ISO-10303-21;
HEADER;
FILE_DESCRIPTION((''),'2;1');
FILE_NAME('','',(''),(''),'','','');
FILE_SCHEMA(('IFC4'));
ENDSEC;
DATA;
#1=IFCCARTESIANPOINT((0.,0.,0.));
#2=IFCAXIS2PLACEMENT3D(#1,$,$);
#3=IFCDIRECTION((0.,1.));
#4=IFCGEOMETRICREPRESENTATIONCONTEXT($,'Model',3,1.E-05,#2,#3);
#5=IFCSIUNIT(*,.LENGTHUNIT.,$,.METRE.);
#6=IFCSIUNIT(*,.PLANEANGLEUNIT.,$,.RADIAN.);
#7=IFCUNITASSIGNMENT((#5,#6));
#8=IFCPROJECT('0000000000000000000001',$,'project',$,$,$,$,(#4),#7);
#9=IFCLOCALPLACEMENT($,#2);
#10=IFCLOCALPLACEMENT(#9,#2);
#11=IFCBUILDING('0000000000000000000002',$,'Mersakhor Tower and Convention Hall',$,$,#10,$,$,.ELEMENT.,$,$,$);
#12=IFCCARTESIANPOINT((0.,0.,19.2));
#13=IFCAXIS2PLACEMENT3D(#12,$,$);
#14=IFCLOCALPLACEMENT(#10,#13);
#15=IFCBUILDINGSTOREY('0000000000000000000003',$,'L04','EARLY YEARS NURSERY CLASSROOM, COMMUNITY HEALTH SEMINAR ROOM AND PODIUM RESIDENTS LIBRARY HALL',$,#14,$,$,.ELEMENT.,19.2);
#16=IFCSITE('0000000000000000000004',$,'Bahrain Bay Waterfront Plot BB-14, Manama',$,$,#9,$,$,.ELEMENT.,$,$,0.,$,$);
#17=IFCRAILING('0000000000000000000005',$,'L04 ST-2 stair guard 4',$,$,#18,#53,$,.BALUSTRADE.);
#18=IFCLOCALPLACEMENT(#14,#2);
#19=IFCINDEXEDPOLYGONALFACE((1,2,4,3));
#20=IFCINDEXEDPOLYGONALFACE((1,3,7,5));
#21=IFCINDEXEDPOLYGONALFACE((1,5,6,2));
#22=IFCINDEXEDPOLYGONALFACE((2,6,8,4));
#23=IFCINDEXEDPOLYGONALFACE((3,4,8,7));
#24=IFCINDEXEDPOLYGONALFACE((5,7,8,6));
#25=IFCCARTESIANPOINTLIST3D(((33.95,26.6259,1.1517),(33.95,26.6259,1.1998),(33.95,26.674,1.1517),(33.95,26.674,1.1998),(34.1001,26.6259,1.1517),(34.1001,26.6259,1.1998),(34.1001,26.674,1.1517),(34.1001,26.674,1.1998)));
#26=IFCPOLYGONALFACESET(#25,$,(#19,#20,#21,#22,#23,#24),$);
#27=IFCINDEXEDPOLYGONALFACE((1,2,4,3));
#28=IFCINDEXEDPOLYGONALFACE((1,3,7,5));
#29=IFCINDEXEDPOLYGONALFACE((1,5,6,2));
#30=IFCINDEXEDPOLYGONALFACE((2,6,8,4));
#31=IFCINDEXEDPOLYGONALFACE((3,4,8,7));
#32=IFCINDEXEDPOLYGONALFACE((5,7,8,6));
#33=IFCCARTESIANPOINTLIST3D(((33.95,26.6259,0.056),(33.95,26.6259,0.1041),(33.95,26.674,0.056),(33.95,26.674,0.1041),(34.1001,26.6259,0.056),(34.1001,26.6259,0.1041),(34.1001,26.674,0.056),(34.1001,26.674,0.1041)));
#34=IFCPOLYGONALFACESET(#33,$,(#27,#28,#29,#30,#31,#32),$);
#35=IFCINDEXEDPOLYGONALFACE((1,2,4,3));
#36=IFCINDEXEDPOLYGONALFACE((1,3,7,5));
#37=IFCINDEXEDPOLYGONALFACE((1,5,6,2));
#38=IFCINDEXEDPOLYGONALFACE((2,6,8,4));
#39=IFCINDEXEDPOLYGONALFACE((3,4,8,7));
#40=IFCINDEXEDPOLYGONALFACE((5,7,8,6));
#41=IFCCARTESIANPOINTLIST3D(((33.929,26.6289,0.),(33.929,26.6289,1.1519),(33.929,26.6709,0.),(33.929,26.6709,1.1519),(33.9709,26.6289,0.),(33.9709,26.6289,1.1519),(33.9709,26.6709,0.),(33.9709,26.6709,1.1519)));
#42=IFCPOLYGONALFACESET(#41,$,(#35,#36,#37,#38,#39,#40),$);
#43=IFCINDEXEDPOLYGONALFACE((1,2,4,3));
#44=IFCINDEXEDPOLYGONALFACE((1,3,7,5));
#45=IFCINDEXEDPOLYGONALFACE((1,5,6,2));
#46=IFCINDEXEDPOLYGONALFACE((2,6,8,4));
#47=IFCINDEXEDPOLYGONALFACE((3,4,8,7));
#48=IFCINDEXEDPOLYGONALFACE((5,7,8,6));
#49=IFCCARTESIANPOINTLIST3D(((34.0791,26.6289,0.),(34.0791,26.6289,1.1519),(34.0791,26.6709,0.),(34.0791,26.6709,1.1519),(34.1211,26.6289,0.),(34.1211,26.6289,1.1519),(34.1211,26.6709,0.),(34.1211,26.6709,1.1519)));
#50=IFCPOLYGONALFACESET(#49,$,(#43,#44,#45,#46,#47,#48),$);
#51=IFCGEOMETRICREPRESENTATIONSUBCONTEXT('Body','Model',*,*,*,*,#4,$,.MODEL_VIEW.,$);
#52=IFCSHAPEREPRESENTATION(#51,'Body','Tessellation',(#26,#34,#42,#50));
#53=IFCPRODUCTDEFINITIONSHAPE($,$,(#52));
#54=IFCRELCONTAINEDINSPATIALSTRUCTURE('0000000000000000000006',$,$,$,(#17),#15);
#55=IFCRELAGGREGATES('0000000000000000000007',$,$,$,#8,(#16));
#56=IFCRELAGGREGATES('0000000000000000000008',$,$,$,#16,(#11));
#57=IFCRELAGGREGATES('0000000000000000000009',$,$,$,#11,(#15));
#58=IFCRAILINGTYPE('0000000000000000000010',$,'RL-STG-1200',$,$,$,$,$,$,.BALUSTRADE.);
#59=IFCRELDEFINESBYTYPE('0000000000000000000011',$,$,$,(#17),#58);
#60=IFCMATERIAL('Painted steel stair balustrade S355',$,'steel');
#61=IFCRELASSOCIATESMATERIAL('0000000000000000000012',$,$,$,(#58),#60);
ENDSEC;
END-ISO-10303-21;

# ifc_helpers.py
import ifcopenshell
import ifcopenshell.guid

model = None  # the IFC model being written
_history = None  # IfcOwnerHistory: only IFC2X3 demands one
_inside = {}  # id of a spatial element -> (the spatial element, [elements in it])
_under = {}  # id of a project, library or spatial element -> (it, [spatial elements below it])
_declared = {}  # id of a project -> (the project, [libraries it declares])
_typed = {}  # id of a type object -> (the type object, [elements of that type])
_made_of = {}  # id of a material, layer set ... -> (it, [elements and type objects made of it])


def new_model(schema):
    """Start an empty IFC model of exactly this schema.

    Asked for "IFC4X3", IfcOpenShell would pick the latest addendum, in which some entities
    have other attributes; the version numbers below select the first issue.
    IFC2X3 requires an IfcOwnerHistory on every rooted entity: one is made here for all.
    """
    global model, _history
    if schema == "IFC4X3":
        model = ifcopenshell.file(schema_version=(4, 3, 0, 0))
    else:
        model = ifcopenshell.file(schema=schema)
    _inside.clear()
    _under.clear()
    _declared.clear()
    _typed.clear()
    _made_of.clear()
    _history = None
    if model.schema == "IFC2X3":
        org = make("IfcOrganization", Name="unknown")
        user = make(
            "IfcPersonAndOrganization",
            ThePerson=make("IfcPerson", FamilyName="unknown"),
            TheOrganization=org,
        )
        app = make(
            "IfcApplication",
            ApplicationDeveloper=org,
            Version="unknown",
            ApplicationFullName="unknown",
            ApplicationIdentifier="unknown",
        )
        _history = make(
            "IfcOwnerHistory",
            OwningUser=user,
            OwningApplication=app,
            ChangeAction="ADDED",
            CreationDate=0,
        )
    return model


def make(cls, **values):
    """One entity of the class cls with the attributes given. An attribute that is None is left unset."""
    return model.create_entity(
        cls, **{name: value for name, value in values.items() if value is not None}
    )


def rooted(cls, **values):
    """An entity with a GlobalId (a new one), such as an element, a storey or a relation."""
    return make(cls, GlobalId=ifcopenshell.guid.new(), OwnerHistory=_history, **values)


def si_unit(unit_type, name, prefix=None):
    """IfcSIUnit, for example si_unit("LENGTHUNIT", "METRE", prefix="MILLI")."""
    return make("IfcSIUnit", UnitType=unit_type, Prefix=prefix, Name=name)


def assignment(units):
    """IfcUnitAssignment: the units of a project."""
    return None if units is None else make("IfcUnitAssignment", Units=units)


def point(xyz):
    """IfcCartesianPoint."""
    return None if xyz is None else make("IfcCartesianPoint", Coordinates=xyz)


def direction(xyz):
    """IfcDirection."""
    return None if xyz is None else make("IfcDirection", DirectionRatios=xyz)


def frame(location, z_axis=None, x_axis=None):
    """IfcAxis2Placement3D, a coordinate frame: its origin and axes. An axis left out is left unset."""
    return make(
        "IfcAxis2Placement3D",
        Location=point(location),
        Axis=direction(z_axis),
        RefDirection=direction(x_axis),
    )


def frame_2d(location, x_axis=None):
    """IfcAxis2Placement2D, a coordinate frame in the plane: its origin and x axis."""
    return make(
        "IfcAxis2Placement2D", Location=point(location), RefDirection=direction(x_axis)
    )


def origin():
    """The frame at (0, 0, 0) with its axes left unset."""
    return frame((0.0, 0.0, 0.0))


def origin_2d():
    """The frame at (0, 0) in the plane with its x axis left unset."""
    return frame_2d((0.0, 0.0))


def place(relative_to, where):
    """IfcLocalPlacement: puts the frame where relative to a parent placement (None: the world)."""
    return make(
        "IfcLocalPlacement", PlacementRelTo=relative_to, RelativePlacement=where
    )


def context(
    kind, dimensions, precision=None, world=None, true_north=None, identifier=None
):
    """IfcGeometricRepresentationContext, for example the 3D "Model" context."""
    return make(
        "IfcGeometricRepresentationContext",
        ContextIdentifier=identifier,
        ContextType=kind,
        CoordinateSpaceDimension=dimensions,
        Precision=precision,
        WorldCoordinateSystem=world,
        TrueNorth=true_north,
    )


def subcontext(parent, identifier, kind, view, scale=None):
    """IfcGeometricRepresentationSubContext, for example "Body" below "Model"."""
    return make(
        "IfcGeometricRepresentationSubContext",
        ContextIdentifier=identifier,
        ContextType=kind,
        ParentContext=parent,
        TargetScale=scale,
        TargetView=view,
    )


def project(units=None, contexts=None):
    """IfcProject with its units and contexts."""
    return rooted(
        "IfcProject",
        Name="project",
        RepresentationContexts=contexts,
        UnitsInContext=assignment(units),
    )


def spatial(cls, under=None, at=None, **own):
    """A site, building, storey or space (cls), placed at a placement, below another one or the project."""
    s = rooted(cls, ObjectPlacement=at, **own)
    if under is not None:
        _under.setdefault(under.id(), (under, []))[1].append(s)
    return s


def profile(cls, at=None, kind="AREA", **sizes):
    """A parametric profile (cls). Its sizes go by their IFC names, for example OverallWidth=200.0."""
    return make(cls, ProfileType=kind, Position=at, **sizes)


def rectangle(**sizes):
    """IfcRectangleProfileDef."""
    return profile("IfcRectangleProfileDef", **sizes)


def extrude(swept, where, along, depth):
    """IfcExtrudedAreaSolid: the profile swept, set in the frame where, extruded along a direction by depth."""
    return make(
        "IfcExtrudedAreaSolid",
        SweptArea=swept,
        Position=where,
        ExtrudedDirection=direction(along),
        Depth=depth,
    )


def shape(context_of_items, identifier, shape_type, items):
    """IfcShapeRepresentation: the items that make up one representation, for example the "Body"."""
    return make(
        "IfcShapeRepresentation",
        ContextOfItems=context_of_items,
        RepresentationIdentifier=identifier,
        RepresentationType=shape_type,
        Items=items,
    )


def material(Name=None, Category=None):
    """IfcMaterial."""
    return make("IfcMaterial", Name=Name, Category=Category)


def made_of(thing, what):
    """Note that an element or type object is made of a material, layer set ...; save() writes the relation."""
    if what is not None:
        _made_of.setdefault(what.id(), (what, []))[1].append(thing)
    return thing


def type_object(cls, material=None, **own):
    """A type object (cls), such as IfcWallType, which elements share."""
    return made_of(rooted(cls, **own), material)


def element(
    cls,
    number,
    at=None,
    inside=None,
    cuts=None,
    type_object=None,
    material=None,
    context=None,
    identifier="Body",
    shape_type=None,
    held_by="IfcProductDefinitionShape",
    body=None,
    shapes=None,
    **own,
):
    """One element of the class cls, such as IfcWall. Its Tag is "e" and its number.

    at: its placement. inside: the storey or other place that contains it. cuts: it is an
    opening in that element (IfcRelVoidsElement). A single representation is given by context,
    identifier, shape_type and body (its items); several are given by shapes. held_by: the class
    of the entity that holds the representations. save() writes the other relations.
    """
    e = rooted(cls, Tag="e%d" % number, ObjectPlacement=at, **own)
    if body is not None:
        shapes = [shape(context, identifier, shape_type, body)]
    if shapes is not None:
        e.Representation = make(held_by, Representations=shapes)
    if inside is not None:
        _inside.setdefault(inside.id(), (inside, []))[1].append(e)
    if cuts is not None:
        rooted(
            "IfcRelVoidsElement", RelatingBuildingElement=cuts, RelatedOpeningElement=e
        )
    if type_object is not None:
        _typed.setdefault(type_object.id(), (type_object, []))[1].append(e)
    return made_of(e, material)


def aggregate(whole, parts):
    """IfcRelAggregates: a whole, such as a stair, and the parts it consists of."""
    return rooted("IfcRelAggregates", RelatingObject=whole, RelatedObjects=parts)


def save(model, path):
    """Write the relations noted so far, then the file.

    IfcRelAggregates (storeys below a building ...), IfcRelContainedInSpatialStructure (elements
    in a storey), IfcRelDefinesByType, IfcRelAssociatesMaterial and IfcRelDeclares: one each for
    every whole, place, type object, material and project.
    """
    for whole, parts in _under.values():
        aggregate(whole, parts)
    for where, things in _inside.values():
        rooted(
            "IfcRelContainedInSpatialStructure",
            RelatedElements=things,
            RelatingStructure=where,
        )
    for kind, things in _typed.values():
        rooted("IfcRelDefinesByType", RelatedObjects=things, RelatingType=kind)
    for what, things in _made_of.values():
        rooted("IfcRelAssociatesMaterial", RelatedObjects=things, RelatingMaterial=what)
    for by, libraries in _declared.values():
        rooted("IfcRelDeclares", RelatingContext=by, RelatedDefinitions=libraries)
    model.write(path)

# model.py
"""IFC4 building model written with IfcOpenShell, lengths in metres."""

from ifc_helpers import new_model, si_unit, direction, frame, origin, origin_2d, place, context, subcontext, project, spatial, rectangle, extrude, material, type_object, element, save


model = new_model("IFC4")

# Units and contexts
model_context = context("Model", 3, precision=1e-05, world=origin(), true_north=direction((0.0, 1.0)))
body_context = subcontext(model_context, "Body", "Model", "MODEL_VIEW")
ifc_project = project(units=[si_unit("LENGTHUNIT", "METRE"), si_unit("PLANEANGLEUNIT", "RADIAN")], contexts=[model_context])

# Site, building, storey
site_placement = place(None, origin())
site = spatial("IfcSite", under=ifc_project, at=site_placement, Name="Bahrain Bay Waterfront Plot BB-14, Manama", CompositionType="ELEMENT", RefElevation=0.0)
building_placement = place(site_placement, origin())
building = spatial("IfcBuilding", under=site, at=building_placement, Name="Mersakhor Tower and Convention Hall", CompositionType="ELEMENT")
storey_placement = place(building_placement, frame((0.0, 0.0, 19.2)))
storey = spatial("IfcBuildingStorey", under=building, at=storey_placement, Name="L04", Description="EARLY YEARS NURSERY CLASSROOM, COMMUNITY HEALTH SEMINAR ROOM AND PODIUM RESIDENTS LIBRARY HALL", CompositionType="ELEMENT", Elevation=19.2)

# Railing
ifc_material_1 = material(Name="Painted steel stair balustrade S355", Category="steel")
railing_type_1 = type_object("IfcRailingType", Name="RL-STG-1200", PredefinedType="BALUSTRADE", material=ifc_material_1)
railing_1_placement = place(storey_placement, frame((33.95, 26.6499, 0.0)))
element("IfcRailing", 1, at=railing_1_placement, inside=storey, type_object=railing_type_1, Name="L04 ST-2 stair guard 4", PredefinedType="BALUSTRADE", context=body_context, shape_type="SweptSolid", body=[
    extrude(rectangle(XDim=0.0481, YDim=0.0481, at=origin_2d()), frame((0.0, 0.0, 1.1758), z_axis=(1.0, 0.0, 0.0), x_axis=(0.0, 1.0, 0.0)), (0.0, 0.0, 1.0), 0.1501),
    extrude(rectangle(XDim=0.0481, YDim=0.0481, at=origin_2d()), frame((0.0, 0.0, 0.0801), z_axis=(1.0, 0.0, 0.0), x_axis=(0.0, 1.0, 0.0)), (0.0, 0.0, 1.0), 0.1501),
    extrude(rectangle(XDim=0.042, YDim=0.042, at=origin_2d()), origin(), (0.0, 0.0, 1.0), 1.1519),
    extrude(rectangle(XDim=0.042, YDim=0.042, at=origin_2d()), frame((0.1501, 0.0, 0.0)), (0.0, 0.0, 1.0), 1.1519),
])

save(model, "model.ifc")
